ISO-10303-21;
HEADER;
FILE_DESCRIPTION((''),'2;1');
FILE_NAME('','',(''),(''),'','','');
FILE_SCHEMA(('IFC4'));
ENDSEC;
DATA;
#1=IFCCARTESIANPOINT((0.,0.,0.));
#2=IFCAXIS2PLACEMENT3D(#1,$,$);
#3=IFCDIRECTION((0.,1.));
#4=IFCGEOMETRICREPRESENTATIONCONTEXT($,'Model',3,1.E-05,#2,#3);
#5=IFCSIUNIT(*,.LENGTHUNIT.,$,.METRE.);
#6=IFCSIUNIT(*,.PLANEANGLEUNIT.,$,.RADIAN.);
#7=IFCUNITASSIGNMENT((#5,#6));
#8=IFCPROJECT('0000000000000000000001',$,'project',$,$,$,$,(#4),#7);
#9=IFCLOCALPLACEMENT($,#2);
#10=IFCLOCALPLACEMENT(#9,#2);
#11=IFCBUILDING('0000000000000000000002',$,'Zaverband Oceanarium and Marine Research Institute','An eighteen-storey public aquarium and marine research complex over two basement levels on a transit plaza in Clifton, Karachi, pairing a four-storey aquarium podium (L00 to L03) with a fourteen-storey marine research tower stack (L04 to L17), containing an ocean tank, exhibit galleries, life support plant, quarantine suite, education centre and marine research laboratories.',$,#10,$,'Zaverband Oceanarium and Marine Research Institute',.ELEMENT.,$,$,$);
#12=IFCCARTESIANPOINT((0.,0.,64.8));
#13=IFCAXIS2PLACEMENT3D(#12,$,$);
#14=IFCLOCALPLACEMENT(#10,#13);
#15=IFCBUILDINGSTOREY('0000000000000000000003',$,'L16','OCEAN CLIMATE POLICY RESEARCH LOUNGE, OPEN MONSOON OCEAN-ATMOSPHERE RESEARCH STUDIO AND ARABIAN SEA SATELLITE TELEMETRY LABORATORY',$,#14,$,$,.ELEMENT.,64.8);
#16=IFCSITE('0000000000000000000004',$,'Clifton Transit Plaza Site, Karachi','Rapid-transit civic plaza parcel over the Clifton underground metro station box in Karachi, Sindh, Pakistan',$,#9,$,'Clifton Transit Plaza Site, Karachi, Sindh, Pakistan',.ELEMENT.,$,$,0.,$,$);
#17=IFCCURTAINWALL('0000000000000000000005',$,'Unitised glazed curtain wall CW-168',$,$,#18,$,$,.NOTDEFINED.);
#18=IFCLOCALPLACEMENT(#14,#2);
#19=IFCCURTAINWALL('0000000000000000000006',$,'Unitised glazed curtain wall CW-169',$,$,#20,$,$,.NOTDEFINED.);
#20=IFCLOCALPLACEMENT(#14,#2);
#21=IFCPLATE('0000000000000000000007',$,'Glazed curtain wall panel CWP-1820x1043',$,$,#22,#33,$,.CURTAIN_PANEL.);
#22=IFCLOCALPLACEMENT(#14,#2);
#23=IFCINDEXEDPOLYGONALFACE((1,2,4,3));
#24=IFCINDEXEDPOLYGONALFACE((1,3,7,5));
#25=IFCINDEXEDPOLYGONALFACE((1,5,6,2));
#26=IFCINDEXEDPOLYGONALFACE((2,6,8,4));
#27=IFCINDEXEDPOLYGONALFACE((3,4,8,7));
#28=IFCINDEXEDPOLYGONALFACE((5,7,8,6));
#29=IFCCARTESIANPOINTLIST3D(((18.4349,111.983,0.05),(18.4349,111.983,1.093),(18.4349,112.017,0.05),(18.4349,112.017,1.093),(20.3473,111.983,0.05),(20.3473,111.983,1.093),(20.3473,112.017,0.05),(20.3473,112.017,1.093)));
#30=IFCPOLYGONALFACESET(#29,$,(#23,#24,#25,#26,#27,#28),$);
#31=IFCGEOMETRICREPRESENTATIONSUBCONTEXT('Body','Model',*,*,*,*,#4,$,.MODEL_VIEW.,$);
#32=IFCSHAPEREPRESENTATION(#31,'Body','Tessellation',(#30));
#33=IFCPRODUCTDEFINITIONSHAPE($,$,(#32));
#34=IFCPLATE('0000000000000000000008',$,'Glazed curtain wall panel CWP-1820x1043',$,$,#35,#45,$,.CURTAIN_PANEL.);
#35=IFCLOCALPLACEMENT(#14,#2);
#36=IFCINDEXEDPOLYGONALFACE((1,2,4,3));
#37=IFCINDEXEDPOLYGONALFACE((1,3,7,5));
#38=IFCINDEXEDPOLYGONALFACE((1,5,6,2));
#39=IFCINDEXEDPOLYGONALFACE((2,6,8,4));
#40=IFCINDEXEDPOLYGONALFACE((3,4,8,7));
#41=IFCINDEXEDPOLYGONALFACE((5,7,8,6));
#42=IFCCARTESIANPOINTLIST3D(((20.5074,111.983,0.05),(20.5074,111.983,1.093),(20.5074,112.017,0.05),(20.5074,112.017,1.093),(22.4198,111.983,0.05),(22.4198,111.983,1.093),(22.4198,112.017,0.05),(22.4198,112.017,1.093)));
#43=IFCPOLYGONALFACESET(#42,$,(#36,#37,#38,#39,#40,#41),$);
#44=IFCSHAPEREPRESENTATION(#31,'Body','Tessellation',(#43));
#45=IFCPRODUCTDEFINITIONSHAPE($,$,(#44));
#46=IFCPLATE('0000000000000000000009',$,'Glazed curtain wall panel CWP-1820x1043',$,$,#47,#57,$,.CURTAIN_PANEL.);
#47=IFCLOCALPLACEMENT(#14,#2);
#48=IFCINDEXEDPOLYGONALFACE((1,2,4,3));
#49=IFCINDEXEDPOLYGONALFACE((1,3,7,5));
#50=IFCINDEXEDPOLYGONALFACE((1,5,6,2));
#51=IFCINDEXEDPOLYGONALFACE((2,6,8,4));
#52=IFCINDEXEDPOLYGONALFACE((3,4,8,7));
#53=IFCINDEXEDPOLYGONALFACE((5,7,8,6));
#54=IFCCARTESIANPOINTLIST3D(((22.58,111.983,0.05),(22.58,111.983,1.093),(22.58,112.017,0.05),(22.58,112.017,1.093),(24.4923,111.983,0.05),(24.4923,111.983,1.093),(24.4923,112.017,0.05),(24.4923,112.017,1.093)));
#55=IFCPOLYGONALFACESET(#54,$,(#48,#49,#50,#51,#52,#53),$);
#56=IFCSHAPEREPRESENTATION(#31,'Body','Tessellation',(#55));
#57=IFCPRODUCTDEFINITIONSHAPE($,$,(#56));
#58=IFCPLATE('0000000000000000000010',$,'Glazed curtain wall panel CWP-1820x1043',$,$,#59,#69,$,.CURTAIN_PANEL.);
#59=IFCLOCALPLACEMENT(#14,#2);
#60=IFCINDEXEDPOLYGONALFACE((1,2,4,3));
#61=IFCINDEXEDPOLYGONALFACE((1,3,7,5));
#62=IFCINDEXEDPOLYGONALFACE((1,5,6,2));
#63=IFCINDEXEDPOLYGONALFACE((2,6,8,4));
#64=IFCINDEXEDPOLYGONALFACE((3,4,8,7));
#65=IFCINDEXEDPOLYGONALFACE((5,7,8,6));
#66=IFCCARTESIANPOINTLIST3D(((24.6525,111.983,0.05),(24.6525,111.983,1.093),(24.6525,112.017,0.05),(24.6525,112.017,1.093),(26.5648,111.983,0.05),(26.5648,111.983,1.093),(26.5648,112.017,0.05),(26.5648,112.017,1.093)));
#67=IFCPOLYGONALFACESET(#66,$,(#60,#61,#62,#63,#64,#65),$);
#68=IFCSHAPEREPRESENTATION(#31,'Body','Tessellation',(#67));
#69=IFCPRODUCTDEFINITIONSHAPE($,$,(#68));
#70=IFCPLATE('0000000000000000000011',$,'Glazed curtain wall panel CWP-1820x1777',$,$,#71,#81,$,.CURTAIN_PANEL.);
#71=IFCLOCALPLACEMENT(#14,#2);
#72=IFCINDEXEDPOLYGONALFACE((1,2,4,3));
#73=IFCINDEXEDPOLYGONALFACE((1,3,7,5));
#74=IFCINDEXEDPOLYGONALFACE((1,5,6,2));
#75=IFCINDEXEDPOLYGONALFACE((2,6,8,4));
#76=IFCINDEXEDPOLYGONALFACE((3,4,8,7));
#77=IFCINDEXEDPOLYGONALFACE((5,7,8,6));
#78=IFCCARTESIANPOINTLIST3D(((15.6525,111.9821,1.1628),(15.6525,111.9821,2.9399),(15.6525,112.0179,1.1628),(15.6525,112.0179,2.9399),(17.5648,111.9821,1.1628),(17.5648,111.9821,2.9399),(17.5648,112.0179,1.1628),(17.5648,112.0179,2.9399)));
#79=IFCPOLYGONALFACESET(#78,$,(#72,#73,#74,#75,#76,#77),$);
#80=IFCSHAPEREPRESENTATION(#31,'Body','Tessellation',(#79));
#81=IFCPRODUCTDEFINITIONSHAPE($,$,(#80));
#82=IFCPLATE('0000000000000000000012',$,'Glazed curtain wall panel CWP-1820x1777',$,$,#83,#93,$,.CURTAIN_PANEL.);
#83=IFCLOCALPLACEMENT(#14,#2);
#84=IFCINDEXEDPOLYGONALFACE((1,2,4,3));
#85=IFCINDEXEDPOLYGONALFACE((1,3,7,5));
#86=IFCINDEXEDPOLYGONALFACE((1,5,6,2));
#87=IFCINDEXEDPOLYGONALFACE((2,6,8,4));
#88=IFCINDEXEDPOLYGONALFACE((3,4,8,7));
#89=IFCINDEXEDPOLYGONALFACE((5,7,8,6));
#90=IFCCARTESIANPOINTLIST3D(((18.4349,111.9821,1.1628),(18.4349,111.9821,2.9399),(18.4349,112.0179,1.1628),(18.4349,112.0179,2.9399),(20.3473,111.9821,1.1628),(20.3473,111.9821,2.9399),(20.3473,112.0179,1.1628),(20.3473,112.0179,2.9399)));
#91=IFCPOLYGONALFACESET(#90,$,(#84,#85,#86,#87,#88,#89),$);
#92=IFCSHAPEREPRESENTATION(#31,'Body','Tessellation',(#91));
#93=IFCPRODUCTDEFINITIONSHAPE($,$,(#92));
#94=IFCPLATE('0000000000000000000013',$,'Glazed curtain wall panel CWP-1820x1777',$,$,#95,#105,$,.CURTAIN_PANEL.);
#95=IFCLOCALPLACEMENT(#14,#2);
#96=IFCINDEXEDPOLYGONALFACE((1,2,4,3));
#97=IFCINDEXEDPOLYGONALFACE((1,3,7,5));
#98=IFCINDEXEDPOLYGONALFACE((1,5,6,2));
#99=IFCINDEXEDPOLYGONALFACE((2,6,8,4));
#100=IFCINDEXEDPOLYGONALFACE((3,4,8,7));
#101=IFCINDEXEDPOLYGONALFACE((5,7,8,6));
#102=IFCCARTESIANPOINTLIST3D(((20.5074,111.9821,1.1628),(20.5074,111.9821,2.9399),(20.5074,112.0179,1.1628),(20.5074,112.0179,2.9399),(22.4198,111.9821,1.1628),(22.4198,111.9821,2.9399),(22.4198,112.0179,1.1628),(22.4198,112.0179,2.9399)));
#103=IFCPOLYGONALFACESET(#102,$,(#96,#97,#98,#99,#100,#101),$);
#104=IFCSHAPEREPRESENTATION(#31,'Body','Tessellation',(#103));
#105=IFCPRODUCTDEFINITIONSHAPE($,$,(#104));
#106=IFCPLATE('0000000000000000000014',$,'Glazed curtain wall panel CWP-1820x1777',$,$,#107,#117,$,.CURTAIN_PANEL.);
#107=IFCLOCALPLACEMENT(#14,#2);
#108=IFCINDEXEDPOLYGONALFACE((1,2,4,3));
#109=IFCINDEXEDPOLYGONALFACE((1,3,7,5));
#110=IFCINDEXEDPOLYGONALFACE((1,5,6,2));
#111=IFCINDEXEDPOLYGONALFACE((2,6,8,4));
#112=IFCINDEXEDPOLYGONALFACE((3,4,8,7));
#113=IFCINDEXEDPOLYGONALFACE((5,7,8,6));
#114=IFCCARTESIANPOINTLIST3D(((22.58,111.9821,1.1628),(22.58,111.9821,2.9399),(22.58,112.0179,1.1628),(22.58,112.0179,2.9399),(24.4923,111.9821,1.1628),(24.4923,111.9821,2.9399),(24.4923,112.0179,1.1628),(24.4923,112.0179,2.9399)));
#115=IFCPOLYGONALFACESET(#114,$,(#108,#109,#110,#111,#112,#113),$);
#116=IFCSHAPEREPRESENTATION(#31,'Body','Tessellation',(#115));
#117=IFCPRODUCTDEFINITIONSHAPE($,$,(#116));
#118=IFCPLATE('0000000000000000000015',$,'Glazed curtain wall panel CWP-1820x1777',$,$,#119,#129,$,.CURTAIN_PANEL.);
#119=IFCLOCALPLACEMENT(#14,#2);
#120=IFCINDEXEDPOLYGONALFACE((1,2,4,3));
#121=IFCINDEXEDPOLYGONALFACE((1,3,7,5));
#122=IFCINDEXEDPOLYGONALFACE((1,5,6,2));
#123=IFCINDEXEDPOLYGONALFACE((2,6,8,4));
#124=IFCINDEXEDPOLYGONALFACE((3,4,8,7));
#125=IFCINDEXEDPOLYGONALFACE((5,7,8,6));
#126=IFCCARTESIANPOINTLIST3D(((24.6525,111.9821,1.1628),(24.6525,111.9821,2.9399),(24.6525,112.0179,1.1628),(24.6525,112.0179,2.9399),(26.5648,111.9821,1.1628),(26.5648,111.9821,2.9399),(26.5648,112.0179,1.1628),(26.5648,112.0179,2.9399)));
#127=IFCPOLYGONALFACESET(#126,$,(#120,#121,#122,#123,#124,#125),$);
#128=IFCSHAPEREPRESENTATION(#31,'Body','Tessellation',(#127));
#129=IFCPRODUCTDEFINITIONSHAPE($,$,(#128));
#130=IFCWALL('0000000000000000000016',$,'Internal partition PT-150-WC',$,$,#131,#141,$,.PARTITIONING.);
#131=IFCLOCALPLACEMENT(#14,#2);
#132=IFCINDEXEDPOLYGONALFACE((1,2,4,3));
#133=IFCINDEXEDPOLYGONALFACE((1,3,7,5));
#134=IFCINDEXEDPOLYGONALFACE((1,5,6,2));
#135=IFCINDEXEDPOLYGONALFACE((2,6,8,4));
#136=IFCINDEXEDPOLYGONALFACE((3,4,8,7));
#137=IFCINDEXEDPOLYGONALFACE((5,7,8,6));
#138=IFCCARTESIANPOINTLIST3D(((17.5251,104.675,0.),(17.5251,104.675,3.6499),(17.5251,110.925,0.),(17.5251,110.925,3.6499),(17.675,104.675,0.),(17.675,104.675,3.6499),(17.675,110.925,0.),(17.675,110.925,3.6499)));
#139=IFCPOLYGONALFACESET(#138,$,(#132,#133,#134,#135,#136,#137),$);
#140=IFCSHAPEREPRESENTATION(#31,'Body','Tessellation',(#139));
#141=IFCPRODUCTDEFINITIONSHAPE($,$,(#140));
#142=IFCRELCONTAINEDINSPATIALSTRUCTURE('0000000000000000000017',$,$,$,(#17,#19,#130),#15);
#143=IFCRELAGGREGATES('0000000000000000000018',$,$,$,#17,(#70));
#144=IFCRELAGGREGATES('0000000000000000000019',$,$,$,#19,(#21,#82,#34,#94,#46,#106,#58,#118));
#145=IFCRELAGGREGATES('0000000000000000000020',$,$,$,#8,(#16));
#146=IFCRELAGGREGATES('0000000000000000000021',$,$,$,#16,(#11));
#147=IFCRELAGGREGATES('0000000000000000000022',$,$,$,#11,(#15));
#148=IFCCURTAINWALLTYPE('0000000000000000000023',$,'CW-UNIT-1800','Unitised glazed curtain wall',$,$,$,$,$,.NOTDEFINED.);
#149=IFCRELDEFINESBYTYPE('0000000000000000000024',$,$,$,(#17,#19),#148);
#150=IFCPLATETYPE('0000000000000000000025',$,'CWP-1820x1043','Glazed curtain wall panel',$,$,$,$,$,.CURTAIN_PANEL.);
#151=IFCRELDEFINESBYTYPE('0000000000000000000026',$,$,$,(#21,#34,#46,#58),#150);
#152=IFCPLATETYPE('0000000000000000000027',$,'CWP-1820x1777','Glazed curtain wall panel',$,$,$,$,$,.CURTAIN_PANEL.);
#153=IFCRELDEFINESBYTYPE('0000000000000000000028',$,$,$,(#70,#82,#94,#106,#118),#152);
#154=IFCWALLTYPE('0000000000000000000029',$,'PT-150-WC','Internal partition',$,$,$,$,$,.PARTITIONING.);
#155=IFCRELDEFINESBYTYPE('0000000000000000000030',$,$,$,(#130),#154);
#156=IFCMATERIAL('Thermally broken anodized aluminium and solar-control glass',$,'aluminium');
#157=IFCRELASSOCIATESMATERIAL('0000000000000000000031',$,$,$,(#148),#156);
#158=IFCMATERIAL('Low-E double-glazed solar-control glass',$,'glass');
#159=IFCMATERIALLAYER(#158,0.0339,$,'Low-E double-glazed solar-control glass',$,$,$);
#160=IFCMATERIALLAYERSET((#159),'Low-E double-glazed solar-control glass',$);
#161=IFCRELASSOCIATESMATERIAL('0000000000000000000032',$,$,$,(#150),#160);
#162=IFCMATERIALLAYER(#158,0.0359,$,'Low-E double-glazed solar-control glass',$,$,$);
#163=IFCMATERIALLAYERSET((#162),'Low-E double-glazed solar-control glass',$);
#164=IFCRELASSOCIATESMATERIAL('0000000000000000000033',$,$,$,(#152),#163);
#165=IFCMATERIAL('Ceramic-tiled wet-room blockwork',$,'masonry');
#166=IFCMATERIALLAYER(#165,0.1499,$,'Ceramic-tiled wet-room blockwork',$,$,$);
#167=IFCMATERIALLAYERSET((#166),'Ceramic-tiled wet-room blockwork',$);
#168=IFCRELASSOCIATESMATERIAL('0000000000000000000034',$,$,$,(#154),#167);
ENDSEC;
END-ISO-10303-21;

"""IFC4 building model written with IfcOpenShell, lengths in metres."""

from ifc_helpers import new_model, si_unit, direction, frame, frame_2d, origin, place, context, subcontext, project, spatial, rectangle, extrude, material, layer, layer_set, type_object, element, aggregate, save


model = new_model("IFC4")

# Units and contexts
model_context = context("Model", 3, precision=1e-05, world=origin(), true_north=direction((0.0, 1.0)))
body_context = subcontext(model_context, "Body", "Model", "MODEL_VIEW")
ifc_project = project(units=[si_unit("LENGTHUNIT", "METRE"), si_unit("PLANEANGLEUNIT", "RADIAN")], contexts=[model_context])

# Site, building, storey
site_placement = place(None, origin())
site = spatial("IfcSite", under=ifc_project, at=site_placement, Name="Clifton Transit Plaza Site, Karachi", Description="Rapid-transit civic plaza parcel over the Clifton underground metro station box in Karachi, Sindh, Pakistan", LongName="Clifton Transit Plaza Site, Karachi, Sindh, Pakistan", CompositionType="ELEMENT", RefElevation=0.0)
building_placement = place(site_placement, origin())
building = spatial("IfcBuilding", under=site, at=building_placement, Name="Zaverband Oceanarium and Marine Research Institute", Description="An eighteen-storey public aquarium and marine research complex over two basement levels on a transit plaza in Clifton, Karachi, pairing a four-storey aquarium podium (L00 to L03) with a fourteen-storey marine research tower stack (L04 to L17), containing an ocean tank, exhibit galleries, life support plant, quarantine suite, education centre and marine research laboratories.", LongName="Zaverband Oceanarium and Marine Research Institute", CompositionType="ELEMENT")
storey_placement = place(building_placement, frame((0.0, 0.0, 64.8)))
storey = spatial("IfcBuildingStorey", under=building, at=storey_placement, Name="L16", Description="OCEAN CLIMATE POLICY RESEARCH LOUNGE, OPEN MONSOON OCEAN-ATMOSPHERE RESEARCH STUDIO AND ARABIAN SEA SATELLITE TELEMETRY LABORATORY", CompositionType="ELEMENT", Elevation=64.8)

# Curtain walls
ifc_material_1 = material(Name="Thermally broken anodized aluminium and solar-control glass", Category="aluminium")
curtain_wall_type = type_object("IfcCurtainWallType", Name="CW-UNIT-1800", Description="Unitised glazed curtain wall", PredefinedType="NOTDEFINED", material=ifc_material_1)
curtain_wall_1_placement = place(storey_placement, origin())
curtain_wall_1 = element("IfcCurtainWall", 1, at=curtain_wall_1_placement, inside=storey, type_object=curtain_wall_type, Name="Unitised glazed curtain wall CW-168", PredefinedType="NOTDEFINED")
curtain_wall_2_placement = place(storey_placement, origin())
curtain_wall_2 = element("IfcCurtainWall", 2, at=curtain_wall_2_placement, inside=storey, type_object=curtain_wall_type, Name="Unitised glazed curtain wall CW-169", PredefinedType="NOTDEFINED")

# Plates
ifc_material_2 = material(Name="Low-E double-glazed solar-control glass", Category="glass")
ifc_layer_1 = layer(ifc_material_2, 0.0339, Name="Low-E double-glazed solar-control glass")
ifc_layer_set_1 = layer_set([ifc_layer_1], Name="Low-E double-glazed solar-control glass")
plate_type_1 = type_object("IfcPlateType", Name="CWP-1820x1043", Description="Glazed curtain wall panel", PredefinedType="CURTAIN_PANEL", material=ifc_layer_set_1)
plate_1_placement = place(storey_placement, frame((18.4351, 112.0, 0.05), z_axis=(0.0, 0.0, 1.0), x_axis=(1.0, 0.0, 0.0)))
plate_1 = element("IfcPlate", 3, at=plate_1_placement, type_object=plate_type_1, Name="Glazed curtain wall panel CWP-1820x1043", PredefinedType="CURTAIN_PANEL", context=body_context, shape_type="SweptSolid", body=[
    extrude(rectangle(XDim=1.9124, YDim=0.0339, at=frame_2d((0.9561, 0.0))), origin(), (0.0, 0.0, 1.0), 1.043),
])
plate_2_placement = place(storey_placement, frame((20.5076, 112.0, 0.05), z_axis=(0.0, 0.0, 1.0), x_axis=(1.0, 0.0, 0.0)))
plate_2 = element("IfcPlate", 4, at=plate_2_placement, type_object=plate_type_1, Name="Glazed curtain wall panel CWP-1820x1043", PredefinedType="CURTAIN_PANEL", context=body_context, shape_type="SweptSolid", body=[
    extrude(rectangle(XDim=1.9124, YDim=0.0339, at=frame_2d((0.9561, 0.0))), origin(), (0.0, 0.0, 1.0), 1.043),
])
plate_3_placement = place(storey_placement, frame((22.5801, 112.0, 0.05), z_axis=(0.0, 0.0, 1.0), x_axis=(1.0, 0.0, 0.0)))
plate_3 = element("IfcPlate", 5, at=plate_3_placement, type_object=plate_type_1, Name="Glazed curtain wall panel CWP-1820x1043", PredefinedType="CURTAIN_PANEL", context=body_context, shape_type="SweptSolid", body=[
    extrude(rectangle(XDim=1.9124, YDim=0.0339, at=frame_2d((0.9561, 0.0))), origin(), (0.0, 0.0, 1.0), 1.043),
])
plate_4_placement = place(storey_placement, frame((24.6526, 112.0, 0.05), z_axis=(0.0, 0.0, 1.0), x_axis=(1.0, 0.0, 0.0)))
plate_4 = element("IfcPlate", 6, at=plate_4_placement, type_object=plate_type_1, Name="Glazed curtain wall panel CWP-1820x1043", PredefinedType="CURTAIN_PANEL", context=body_context, shape_type="SweptSolid", body=[
    extrude(rectangle(XDim=1.9124, YDim=0.0339, at=frame_2d((0.9561, 0.0))), origin(), (0.0, 0.0, 1.0), 1.043),
])
ifc_layer_2 = layer(ifc_material_2, 0.0359, Name="Low-E double-glazed solar-control glass")
ifc_layer_set_2 = layer_set([ifc_layer_2], Name="Low-E double-glazed solar-control glass")
plate_type_2 = type_object("IfcPlateType", Name="CWP-1820x1777", Description="Glazed curtain wall panel", PredefinedType="CURTAIN_PANEL", material=ifc_layer_set_2)
plate_5_placement = place(storey_placement, frame((15.6526, 112.0, 1.1628), z_axis=(0.0, 0.0, 1.0), x_axis=(1.0, 0.0, 0.0)))
plate_5 = element("IfcPlate", 7, at=plate_5_placement, type_object=plate_type_2, Name="Glazed curtain wall panel CWP-1820x1777", PredefinedType="CURTAIN_PANEL", context=body_context, shape_type="SweptSolid", body=[
    extrude(rectangle(XDim=1.9124, YDim=0.0359, at=frame_2d((0.9561, 0.0))), origin(), (0.0, 0.0, 1.0), 1.7771),
])
aggregate(curtain_wall_1, [plate_5])
plate_6_placement = place(storey_placement, frame((18.4351, 112.0, 1.1628), z_axis=(0.0, 0.0, 1.0), x_axis=(1.0, 0.0, 0.0)))
plate_6 = element("IfcPlate", 8, at=plate_6_placement, type_object=plate_type_2, Name="Glazed curtain wall panel CWP-1820x1777", PredefinedType="CURTAIN_PANEL", context=body_context, shape_type="SweptSolid", body=[
    extrude(rectangle(XDim=1.9124, YDim=0.0359, at=frame_2d((0.9561, 0.0))), origin(), (0.0, 0.0, 1.0), 1.7771),
])
plate_7_placement = place(storey_placement, frame((20.5076, 112.0, 1.1628), z_axis=(0.0, 0.0, 1.0), x_axis=(1.0, 0.0, 0.0)))
plate_7 = element("IfcPlate", 9, at=plate_7_placement, type_object=plate_type_2, Name="Glazed curtain wall panel CWP-1820x1777", PredefinedType="CURTAIN_PANEL", context=body_context, shape_type="SweptSolid", body=[
    extrude(rectangle(XDim=1.9124, YDim=0.0359, at=frame_2d((0.9561, 0.0))), origin(), (0.0, 0.0, 1.0), 1.7771),
])
plate_8_placement = place(storey_placement, frame((22.5801, 112.0, 1.1628), z_axis=(0.0, 0.0, 1.0), x_axis=(1.0, 0.0, 0.0)))
plate_8 = element("IfcPlate", 10, at=plate_8_placement, type_object=plate_type_2, Name="Glazed curtain wall panel CWP-1820x1777", PredefinedType="CURTAIN_PANEL", context=body_context, shape_type="SweptSolid", body=[
    extrude(rectangle(XDim=1.9124, YDim=0.0359, at=frame_2d((0.9561, 0.0))), origin(), (0.0, 0.0, 1.0), 1.7771),
])
plate_9_placement = place(storey_placement, frame((24.6526, 112.0, 1.1628), z_axis=(0.0, 0.0, 1.0), x_axis=(1.0, 0.0, 0.0)))
plate_9 = element("IfcPlate", 11, at=plate_9_placement, type_object=plate_type_2, Name="Glazed curtain wall panel CWP-1820x1777", PredefinedType="CURTAIN_PANEL", context=body_context, shape_type="SweptSolid", body=[
    extrude(rectangle(XDim=1.9124, YDim=0.0359, at=frame_2d((0.9561, 0.0))), origin(), (0.0, 0.0, 1.0), 1.7771),
])
aggregate(curtain_wall_2, [plate_1, plate_6, plate_2, plate_7, plate_3, plate_8, plate_4, plate_9])

# Wall
ifc_material_3 = material(Name="Ceramic-tiled wet-room blockwork", Category="masonry")
ifc_layer_3 = layer(ifc_material_3, 0.1499, Name="Ceramic-tiled wet-room blockwork")
ifc_layer_set_3 = layer_set([ifc_layer_3], Name="Ceramic-tiled wet-room blockwork")
wall_type = type_object("IfcWallType", Name="PT-150-WC", Description="Internal partition", PredefinedType="PARTITIONING", material=ifc_layer_set_3)
wall_placement = place(storey_placement, frame((17.6001, 104.675, 0.0), z_axis=(0.0, 0.0, 1.0), x_axis=(0.0, 1.0, 0.0)))
element("IfcWall", 12, at=wall_placement, inside=storey, type_object=wall_type, Name="Internal partition PT-150-WC", PredefinedType="PARTITIONING", context=body_context, shape_type="SweptSolid", body=[
    extrude(rectangle(XDim=6.25, YDim=0.1499, at=frame_2d((3.125, 0.0))), origin(), (0.0, 0.0, 1.0), 3.6499),
])

save(model, "model.ifc")
